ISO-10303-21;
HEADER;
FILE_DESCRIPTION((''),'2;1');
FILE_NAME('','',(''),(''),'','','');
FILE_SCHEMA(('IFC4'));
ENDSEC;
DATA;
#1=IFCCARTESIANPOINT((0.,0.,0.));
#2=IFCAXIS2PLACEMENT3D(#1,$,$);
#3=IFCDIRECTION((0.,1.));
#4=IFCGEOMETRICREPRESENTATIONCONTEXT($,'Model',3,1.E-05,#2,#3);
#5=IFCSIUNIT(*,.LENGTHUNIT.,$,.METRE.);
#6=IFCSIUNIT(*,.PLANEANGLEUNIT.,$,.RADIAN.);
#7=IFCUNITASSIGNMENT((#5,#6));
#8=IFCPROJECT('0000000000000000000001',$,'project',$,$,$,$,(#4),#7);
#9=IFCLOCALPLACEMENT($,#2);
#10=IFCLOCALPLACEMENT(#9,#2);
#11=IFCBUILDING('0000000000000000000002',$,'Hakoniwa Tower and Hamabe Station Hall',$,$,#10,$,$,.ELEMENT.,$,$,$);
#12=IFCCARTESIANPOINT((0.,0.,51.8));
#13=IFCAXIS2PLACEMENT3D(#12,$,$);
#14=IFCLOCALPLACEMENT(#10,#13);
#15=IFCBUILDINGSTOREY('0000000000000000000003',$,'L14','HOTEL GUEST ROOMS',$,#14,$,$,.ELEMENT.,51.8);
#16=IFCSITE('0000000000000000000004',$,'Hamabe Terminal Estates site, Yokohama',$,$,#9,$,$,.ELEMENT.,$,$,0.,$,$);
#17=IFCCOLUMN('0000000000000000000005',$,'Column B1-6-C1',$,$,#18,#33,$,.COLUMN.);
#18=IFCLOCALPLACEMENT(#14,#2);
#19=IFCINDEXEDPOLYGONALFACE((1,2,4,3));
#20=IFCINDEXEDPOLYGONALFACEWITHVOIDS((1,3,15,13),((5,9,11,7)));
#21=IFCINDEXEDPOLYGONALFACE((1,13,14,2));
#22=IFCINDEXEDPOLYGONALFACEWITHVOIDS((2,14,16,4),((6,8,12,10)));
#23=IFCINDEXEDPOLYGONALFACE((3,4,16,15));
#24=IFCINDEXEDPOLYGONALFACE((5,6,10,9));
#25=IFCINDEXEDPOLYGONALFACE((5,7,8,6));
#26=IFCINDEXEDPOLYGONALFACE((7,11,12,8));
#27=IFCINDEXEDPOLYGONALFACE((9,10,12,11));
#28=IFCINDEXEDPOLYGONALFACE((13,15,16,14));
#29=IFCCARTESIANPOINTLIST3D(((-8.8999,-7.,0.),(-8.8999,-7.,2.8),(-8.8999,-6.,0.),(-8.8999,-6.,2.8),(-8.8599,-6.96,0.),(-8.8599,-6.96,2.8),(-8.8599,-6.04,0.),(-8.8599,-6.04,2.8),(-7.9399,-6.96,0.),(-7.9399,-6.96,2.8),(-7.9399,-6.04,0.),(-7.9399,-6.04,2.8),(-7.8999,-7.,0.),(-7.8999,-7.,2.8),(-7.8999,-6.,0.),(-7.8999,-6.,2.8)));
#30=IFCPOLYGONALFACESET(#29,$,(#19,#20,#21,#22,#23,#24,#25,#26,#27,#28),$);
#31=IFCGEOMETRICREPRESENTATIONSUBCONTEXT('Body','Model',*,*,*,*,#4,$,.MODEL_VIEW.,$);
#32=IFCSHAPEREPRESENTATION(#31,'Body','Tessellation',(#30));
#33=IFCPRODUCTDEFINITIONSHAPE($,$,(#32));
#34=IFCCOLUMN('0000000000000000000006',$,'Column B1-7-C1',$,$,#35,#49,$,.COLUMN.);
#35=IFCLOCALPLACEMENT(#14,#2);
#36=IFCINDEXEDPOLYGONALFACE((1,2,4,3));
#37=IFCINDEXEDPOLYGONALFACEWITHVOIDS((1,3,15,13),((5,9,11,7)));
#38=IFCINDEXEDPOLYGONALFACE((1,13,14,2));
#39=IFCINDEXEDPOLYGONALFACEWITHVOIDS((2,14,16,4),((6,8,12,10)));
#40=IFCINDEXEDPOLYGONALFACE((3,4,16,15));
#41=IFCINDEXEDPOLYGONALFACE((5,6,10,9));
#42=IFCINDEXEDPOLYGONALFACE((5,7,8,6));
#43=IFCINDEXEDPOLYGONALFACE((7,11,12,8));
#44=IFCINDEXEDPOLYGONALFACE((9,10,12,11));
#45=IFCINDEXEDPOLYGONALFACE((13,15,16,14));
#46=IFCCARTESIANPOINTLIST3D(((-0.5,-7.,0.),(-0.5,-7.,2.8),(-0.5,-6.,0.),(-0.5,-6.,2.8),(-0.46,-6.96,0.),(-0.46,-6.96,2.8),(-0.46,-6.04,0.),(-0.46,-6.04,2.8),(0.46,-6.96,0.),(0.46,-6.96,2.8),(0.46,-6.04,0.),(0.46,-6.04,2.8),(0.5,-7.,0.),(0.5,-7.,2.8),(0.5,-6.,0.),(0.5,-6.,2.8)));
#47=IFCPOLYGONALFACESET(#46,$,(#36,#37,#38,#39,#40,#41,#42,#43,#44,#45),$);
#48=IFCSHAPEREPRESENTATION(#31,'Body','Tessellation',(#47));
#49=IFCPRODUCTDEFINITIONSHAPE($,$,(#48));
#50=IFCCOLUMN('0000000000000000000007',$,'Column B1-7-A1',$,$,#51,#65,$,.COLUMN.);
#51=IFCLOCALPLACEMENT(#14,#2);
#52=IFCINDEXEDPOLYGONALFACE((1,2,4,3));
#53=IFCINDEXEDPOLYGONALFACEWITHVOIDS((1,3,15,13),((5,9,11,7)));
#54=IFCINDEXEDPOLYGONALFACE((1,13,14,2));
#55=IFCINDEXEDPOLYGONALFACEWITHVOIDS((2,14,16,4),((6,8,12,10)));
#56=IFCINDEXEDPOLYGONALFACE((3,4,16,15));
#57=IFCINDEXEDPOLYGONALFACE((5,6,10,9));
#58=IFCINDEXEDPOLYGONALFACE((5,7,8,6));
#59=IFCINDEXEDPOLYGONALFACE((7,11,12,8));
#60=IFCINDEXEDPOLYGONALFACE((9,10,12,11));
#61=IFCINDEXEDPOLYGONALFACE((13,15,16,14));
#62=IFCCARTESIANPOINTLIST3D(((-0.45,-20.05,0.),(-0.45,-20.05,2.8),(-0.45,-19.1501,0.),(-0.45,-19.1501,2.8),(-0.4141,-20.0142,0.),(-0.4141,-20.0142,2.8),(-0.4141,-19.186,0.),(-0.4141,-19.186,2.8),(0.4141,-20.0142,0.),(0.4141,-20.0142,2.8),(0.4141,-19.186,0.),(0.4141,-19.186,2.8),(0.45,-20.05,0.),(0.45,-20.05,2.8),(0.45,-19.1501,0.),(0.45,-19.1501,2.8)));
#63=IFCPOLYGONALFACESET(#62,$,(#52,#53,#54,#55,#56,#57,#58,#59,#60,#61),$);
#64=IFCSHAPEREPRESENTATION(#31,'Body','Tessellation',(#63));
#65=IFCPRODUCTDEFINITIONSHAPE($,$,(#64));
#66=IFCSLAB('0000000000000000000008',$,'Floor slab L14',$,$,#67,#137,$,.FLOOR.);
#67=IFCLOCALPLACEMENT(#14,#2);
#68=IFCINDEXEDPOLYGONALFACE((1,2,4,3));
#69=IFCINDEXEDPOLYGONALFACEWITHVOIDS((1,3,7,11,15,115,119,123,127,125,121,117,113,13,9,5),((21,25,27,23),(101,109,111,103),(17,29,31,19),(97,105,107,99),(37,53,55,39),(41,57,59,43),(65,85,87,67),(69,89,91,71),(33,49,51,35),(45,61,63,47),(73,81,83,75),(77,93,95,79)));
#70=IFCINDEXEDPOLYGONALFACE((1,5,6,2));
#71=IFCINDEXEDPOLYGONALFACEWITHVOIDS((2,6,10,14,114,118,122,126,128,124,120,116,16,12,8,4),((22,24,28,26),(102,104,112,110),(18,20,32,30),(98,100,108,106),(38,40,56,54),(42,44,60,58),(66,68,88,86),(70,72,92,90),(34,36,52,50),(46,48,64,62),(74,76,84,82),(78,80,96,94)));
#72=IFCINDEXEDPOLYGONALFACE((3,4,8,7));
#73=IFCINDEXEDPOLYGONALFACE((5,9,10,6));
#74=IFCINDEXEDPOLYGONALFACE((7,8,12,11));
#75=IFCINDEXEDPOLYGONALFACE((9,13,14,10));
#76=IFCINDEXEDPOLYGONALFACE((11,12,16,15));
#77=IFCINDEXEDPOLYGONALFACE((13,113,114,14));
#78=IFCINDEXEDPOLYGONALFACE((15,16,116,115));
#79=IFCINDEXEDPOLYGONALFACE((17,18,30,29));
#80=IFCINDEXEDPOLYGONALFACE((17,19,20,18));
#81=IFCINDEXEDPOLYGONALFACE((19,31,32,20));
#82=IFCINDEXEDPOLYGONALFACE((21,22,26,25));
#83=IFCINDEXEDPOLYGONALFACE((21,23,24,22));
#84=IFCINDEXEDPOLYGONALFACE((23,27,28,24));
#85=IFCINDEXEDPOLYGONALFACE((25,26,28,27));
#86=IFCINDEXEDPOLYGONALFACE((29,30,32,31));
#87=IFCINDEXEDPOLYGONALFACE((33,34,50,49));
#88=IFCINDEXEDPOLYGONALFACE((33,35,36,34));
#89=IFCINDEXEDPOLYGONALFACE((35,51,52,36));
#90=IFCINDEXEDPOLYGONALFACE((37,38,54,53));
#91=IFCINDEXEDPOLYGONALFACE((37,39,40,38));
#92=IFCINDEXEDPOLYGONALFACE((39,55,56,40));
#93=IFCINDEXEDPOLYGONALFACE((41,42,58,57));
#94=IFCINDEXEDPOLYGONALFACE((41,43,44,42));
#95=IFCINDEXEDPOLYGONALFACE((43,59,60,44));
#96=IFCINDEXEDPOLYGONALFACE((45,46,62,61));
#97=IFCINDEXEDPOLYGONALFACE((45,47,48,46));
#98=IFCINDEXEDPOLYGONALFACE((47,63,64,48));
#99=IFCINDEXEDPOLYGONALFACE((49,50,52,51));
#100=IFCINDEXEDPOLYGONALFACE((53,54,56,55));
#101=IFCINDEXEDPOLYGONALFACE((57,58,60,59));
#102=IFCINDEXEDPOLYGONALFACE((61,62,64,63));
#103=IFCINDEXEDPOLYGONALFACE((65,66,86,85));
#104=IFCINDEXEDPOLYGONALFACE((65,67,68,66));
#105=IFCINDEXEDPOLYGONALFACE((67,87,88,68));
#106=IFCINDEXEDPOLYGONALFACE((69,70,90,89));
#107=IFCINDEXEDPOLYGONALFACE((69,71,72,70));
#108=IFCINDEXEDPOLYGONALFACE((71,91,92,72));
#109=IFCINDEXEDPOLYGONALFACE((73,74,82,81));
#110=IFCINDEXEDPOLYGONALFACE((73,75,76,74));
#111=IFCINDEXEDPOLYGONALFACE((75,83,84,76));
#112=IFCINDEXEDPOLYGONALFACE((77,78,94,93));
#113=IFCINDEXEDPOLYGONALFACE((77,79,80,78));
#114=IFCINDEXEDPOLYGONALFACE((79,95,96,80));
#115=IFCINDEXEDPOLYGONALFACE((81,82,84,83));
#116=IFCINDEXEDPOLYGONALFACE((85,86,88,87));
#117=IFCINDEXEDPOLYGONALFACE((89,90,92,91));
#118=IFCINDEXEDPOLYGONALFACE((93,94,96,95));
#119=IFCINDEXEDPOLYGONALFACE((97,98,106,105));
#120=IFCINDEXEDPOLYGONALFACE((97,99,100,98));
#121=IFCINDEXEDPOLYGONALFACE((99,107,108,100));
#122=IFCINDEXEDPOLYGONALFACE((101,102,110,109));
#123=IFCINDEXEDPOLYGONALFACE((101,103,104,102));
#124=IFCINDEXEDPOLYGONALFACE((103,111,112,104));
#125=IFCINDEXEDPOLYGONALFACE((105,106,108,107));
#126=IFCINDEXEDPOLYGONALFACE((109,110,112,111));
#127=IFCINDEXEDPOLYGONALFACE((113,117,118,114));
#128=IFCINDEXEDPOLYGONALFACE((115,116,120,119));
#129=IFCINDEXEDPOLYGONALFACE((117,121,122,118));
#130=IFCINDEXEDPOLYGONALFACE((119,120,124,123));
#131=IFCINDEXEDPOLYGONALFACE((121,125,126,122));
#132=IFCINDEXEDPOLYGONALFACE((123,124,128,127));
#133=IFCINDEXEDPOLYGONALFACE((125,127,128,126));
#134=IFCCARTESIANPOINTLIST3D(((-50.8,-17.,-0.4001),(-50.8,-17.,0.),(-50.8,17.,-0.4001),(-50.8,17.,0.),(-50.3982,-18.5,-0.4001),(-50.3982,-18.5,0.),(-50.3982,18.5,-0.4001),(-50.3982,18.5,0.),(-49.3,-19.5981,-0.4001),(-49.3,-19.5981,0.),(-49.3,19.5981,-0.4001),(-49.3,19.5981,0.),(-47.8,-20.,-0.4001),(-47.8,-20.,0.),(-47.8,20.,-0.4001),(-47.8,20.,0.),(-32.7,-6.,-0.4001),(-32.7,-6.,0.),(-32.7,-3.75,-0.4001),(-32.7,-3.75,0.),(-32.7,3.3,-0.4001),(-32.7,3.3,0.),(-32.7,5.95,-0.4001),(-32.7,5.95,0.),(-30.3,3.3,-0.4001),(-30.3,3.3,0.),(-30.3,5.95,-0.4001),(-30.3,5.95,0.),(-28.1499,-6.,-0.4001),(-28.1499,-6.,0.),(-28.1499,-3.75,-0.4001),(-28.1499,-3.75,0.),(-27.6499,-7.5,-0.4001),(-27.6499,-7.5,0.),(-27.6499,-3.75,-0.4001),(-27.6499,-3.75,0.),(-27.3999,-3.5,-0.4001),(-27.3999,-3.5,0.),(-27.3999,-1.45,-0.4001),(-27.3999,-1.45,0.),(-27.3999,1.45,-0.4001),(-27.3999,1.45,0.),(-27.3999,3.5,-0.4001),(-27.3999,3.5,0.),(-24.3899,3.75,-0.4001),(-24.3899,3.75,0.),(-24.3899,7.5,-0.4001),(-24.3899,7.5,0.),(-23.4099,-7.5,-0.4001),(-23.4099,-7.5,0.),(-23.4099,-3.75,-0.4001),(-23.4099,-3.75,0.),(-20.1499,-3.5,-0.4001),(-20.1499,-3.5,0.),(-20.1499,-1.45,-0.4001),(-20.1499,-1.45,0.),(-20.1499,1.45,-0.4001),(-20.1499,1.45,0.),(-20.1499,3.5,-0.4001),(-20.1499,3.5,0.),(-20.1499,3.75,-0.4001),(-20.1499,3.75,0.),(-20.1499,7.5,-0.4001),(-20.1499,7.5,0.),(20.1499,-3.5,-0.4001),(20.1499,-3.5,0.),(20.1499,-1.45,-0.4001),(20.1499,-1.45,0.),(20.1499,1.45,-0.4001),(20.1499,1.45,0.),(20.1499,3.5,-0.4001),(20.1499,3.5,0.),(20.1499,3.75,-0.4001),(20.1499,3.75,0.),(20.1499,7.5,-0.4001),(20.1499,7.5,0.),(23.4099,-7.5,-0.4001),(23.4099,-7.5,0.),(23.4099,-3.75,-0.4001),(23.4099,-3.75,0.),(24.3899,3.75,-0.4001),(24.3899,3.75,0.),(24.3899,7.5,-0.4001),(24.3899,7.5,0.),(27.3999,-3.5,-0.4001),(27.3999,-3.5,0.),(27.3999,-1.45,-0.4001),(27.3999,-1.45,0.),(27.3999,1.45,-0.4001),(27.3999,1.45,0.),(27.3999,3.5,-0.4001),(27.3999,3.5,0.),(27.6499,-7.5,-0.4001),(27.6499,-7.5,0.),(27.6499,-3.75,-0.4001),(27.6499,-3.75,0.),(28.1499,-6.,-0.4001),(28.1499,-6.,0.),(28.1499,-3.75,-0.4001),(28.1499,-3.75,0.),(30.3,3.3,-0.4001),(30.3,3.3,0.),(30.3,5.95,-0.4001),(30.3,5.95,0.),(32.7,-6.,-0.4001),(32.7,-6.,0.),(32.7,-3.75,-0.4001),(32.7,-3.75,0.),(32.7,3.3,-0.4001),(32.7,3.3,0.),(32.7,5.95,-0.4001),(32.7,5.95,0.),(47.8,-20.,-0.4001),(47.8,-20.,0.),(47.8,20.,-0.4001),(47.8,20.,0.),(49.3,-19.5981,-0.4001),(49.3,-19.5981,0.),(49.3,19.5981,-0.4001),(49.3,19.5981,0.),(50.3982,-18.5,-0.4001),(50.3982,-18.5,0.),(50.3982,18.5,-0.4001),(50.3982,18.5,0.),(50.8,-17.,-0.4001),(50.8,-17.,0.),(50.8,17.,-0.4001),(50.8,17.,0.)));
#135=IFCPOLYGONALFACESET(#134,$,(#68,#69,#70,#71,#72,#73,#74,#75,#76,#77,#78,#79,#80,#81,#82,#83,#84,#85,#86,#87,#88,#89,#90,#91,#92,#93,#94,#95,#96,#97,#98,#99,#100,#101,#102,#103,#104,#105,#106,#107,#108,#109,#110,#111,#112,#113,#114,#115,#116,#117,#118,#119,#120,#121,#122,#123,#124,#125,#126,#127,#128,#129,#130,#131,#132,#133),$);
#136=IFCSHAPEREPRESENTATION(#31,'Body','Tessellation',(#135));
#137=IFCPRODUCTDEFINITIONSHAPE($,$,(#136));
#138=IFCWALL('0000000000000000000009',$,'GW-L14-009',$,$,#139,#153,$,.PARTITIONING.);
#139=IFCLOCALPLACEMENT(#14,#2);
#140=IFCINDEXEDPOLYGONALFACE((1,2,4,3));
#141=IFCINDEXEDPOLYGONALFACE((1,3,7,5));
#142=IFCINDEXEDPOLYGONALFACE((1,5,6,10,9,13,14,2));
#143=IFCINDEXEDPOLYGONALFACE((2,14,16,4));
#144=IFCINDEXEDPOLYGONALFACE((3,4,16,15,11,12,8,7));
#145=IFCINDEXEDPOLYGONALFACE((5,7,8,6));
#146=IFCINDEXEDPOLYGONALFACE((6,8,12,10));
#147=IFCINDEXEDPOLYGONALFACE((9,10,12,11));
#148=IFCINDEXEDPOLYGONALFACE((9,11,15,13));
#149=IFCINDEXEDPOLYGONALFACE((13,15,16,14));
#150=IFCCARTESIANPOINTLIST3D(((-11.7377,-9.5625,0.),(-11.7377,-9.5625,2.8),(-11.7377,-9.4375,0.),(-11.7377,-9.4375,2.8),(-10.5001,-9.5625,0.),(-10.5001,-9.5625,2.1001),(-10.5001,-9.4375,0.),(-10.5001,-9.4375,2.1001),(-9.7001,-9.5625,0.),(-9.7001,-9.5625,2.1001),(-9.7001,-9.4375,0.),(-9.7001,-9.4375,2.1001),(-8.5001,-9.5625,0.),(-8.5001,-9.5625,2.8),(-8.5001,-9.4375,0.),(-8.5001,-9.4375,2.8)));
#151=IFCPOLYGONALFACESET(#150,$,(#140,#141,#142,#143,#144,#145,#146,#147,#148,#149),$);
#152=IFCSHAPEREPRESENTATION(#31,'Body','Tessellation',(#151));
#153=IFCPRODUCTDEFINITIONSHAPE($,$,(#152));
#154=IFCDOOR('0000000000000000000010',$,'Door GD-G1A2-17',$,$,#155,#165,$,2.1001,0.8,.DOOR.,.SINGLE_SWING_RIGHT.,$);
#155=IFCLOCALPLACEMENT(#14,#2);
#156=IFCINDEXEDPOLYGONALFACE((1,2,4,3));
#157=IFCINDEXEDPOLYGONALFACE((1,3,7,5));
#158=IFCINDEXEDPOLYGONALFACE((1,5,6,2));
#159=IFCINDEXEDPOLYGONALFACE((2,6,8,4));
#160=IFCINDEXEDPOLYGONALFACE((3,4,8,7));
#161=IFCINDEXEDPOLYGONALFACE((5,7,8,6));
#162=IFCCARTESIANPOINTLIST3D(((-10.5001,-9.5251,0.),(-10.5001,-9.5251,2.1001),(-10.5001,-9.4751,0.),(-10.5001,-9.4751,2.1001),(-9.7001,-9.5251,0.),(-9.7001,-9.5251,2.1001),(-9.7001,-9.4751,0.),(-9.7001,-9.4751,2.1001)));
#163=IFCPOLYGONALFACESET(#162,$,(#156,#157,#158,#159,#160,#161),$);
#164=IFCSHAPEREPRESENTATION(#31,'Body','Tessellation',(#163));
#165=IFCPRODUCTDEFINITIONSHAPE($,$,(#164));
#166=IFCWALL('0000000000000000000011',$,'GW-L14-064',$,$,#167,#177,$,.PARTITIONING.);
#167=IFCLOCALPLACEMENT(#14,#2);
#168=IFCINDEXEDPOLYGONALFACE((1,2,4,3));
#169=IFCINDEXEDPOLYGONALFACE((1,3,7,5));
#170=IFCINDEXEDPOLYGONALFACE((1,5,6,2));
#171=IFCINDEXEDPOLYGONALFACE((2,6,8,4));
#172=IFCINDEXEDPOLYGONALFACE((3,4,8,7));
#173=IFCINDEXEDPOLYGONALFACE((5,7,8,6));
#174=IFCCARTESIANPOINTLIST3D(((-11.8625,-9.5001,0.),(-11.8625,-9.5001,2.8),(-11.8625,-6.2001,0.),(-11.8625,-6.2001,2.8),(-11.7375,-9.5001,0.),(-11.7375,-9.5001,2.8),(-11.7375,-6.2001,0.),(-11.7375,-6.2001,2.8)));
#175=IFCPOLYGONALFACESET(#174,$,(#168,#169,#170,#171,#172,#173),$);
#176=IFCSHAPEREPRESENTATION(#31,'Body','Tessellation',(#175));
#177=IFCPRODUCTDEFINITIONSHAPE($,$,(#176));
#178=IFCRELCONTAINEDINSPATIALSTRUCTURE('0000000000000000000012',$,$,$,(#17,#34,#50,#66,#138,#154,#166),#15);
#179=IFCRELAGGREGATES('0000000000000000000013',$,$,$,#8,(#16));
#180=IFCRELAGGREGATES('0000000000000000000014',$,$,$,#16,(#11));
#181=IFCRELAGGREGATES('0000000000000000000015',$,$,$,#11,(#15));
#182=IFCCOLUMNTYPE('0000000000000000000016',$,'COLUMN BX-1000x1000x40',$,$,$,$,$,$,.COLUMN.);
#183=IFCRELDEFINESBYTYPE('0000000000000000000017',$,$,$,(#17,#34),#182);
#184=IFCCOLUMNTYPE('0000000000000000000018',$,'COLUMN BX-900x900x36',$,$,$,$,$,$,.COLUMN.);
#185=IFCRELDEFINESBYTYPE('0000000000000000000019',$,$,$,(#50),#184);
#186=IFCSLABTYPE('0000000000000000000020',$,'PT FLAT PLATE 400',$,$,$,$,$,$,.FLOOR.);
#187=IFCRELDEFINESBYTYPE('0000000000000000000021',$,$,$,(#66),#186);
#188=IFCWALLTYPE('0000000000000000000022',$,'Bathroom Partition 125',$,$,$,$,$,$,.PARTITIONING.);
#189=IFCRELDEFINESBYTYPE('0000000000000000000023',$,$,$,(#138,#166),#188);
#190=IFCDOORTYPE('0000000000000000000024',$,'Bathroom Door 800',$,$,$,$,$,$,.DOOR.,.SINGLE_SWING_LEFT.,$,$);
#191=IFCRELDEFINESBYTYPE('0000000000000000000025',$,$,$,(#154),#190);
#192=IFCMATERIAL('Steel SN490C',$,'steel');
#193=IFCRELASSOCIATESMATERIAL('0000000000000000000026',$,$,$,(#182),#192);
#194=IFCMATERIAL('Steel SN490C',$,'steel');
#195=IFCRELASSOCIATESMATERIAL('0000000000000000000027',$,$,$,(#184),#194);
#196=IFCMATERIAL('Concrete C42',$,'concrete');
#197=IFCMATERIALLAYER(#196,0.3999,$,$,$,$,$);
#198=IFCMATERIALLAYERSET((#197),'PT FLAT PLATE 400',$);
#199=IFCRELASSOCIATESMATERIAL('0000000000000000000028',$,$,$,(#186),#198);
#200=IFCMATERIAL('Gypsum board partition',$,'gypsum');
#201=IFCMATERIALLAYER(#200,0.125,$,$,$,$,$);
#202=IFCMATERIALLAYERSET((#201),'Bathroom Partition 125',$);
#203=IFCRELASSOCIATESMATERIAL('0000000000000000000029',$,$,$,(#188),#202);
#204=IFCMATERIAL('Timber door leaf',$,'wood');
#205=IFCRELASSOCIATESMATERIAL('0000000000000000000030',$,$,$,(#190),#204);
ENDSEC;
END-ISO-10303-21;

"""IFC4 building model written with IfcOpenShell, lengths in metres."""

from ifc_helpers import new_model, si_unit, direction, frame, frame_2d, origin, origin_2d, place, context, subcontext, project, spatial, polyline, rectangle, hollow_rectangle, outline, extrude, material, layer, layer_set, material_profile, profile_set, type_object, element, fill, save


model = new_model("IFC4")

# Units and contexts
model_context = context("Model", 3, precision=1e-05, world=origin(), true_north=direction((0.0, 1.0)))
body_context = subcontext(model_context, "Body", "Model", "MODEL_VIEW")
ifc_project = project(units=[si_unit("LENGTHUNIT", "METRE"), si_unit("PLANEANGLEUNIT", "RADIAN")], contexts=[model_context])

# Site, building, storey
site_placement = place(None, origin())
site = spatial("IfcSite", under=ifc_project, at=site_placement, Name="Hamabe Terminal Estates site, Yokohama", CompositionType="ELEMENT", RefElevation=0.0)
building_placement = place(site_placement, origin())
building = spatial("IfcBuilding", under=site, at=building_placement, Name="Hakoniwa Tower and Hamabe Station Hall", CompositionType="ELEMENT")
storey_placement = place(building_placement, frame((0.0, 0.0, 51.8)))
storey = spatial("IfcBuildingStorey", under=building, at=storey_placement, Name="L14", Description="HOTEL GUEST ROOMS", CompositionType="ELEMENT", Elevation=51.8)

# Columns
ifc_material_1 = material(Name="Steel SN490C", Category="steel")
ifc_material_profile_1 = material_profile(ifc_material_1, hollow_rectangle(XDim=1.0, YDim=1.0, WallThickness=0.04, at=origin_2d()), Name="BX-1000x1000x40")
ifc_profile_set_1 = profile_set([ifc_material_profile_1], Name="Steel SN490C")
column_type_1 = type_object("IfcColumnType", Name="COLUMN BX-1000x1000x40", PredefinedType="COLUMN", material=ifc_profile_set_1)
for number, where, z_axis, x_axis, name in (
    (1, (-8.3999, -6.5, 0.0), (0.0, 0.0, 1.0), (1.0, 0.0, 0.0), "Column B1-6-C1"),
    (2, (0.0, -6.5, 0.0), (0.0, 0.0, 1.0), (1.0, 0.0, 0.0), "Column B1-7-C1"),
):
    element("IfcColumn", number, at=place(storey_placement, frame(where, z_axis=z_axis, x_axis=x_axis)), inside=storey, type_object=column_type_1, Name=name, PredefinedType="COLUMN", context=body_context, shape_type="SweptSolid", body=[
        extrude(hollow_rectangle(XDim=1.0, YDim=1.0, WallThickness=0.04, at=origin_2d()), origin(), (0.0, 0.0, 1.0), 2.8),
    ])
ifc_material_2 = material(Name="Steel SN490C", Category="steel")
ifc_material_profile_2 = material_profile(ifc_material_2, hollow_rectangle(XDim=0.8999, YDim=0.8999, WallThickness=0.0359, at=origin_2d()), Name="BX-900x900x36")
ifc_profile_set_2 = profile_set([ifc_material_profile_2], Name="Steel SN490C")
column_type_2 = type_object("IfcColumnType", Name="COLUMN BX-900x900x36", PredefinedType="COLUMN", material=ifc_profile_set_2)
column_placement = place(storey_placement, frame((0.0, -19.6001, 0.0), z_axis=(0.0, 0.0, 1.0), x_axis=(1.0, 0.0, 0.0)))
element("IfcColumn", 3, at=column_placement, inside=storey, type_object=column_type_2, Name="Column B1-7-A1", PredefinedType="COLUMN", context=body_context, shape_type="SweptSolid", body=[
    extrude(hollow_rectangle(XDim=0.8999, YDim=0.8999, WallThickness=0.0359, at=origin_2d()), origin(), (0.0, 0.0, 1.0), 2.8),
])

# Slab
ifc_material_3 = material(Name="Concrete C42", Category="concrete")
ifc_layer_1 = layer(ifc_material_3, 0.3999)
ifc_layer_set_1 = layer_set([ifc_layer_1], Name="PT FLAT PLATE 400")
slab_type = type_object("IfcSlabType", Name="PT FLAT PLATE 400", PredefinedType="FLOOR", material=ifc_layer_set_1)
slab_placement = place(storey_placement, frame((0.0, 0.0, -0.4001)))
element("IfcSlab", 4, at=slab_placement, inside=storey, type_object=slab_type, Name="Floor slab L14", PredefinedType="FLOOR", context=body_context, shape_type="SweptSolid", body=[
    extrude(outline(polyline([(50.8, -17.0), (50.8, 17.0), (50.3982, 18.5), (49.3, 19.5981), (47.8, 20.0), (-47.8, 20.0), (-49.3, 19.5981), (-50.3982, 18.5), (-50.8, 17.0), (-50.8, -17.0), (-50.3982, -18.5), (-49.3, -19.5981), (-47.8, -20.0), (47.8, -20.0), (49.3, -19.5981), (50.3982, -18.5), (50.8, -17.0)]), holes=[polyline([(-27.3999, 1.45), (-27.3999, 3.5), (-20.1499, 3.5), (-20.1499, 1.45), (-27.3999, 1.45)]), polyline([(-27.3999, -3.5), (-27.3999, -1.45), (-20.1499, -1.45), (-20.1499, -3.5), (-27.3999, -3.5)]), polyline([(-32.7, 3.3), (-32.7, 5.95), (-30.3, 5.95), (-30.3, 3.3), (-32.7, 3.3)]), polyline([(-32.7, -6.0), (-32.7, -3.75), (-28.1499, -3.75), (-28.1499, -6.0), (-32.7, -6.0)]), polyline([(-24.3899, 3.75), (-24.3899, 7.5), (-20.1499, 7.5), (-20.1499, 3.75), (-24.3899, 3.75)]), polyline([(-27.6499, -7.5), (-27.6499, -3.75), (-23.4099, -3.75), (-23.4099, -7.5), (-27.6499, -7.5)]), polyline([(20.1499, 1.45), (20.1499, 3.5), (27.3999, 3.5), (27.3999, 1.45), (20.1499, 1.45)]), polyline([(20.1499, -3.5), (20.1499, -1.45), (27.3999, -1.45), (27.3999, -3.5), (20.1499, -3.5)]), polyline([(30.3, 3.3), (30.3, 5.95), (32.7, 5.95), (32.7, 3.3), (30.3, 3.3)]), polyline([(28.1499, -6.0), (28.1499, -3.75), (32.7, -3.75), (32.7, -6.0), (28.1499, -6.0)]), polyline([(20.1499, 3.75), (20.1499, 7.5), (24.3899, 7.5), (24.3899, 3.75), (20.1499, 3.75)]), polyline([(23.4099, -7.5), (23.4099, -3.75), (27.6499, -3.75), (27.6499, -7.5), (23.4099, -7.5)])]), origin(), (0.0, 0.0, 1.0), 0.4001),
])

# Wall, opening, door
ifc_material_4 = material(Name="Gypsum board partition", Category="gypsum")
ifc_layer_2 = layer(ifc_material_4, 0.125)
ifc_layer_set_2 = layer_set([ifc_layer_2], Name="Bathroom Partition 125")
wall_type_1 = type_object("IfcWallType", Name="Bathroom Partition 125", PredefinedType="PARTITIONING", material=ifc_layer_set_2)
wall_1_placement = place(storey_placement, frame((-11.7375, -9.5, 0.0), z_axis=(0.0, 0.0, 1.0), x_axis=(1.0, 0.0, 0.0)))
wall_1 = element("IfcWall", 5, at=wall_1_placement, inside=storey, type_object=wall_type_1, Name="GW-L14-009", PredefinedType="PARTITIONING", context=body_context, shape_type="SweptSolid", body=[
    extrude(rectangle(XDim=3.2375, YDim=0.125, at=frame_2d((1.6187, 0.0))), origin(), (0.0, 0.0, 1.0), 2.8),
])
opening_1_placement = place(wall_1_placement, frame((1.2375, 0.0, 0.0)))
opening_1 = element("IfcOpeningElement", 6, at=opening_1_placement, cuts=wall_1, PredefinedType="OPENING", context=body_context, shape_type="SweptSolid", body=[
    extrude(rectangle(XDim=0.8, YDim=2.1001, at=frame_2d((0.3999, 1.05))), frame((0.0, 0.0725, 0.0), z_axis=(0.0, -1.0, 0.0), x_axis=(1.0, 0.0, 0.0)), (0.0, 0.0, 1.0), 0.145),
])
ifc_material_5 = material(Name="Timber door leaf", Category="wood")
door_type_1 = type_object("IfcDoorType", Name="Bathroom Door 800", OperationType="SINGLE_SWING_LEFT", PredefinedType="DOOR", material=ifc_material_5)
door_1_placement = place(opening_1_placement, origin())
door_1 = element("IfcDoor", 7, at=door_1_placement, inside=storey, type_object=door_type_1, Name="Door GD-G1A2-17", OperationType="SINGLE_SWING_RIGHT", OverallHeight=2.1001, OverallWidth=0.8, PredefinedType="DOOR", context=body_context, shape_type="SweptSolid", body=[
    extrude(rectangle(XDim=0.8, YDim=2.1001, at=frame_2d((0.3999, 1.05))), frame((0.0, 0.0249, 0.0), z_axis=(0.0, -1.0, 0.0), x_axis=(1.0, 0.0, 0.0)), (0.0, 0.0, 1.0), 0.05),
])
fill(opening_1, door_1)

# Wall
wall_2_placement = place(storey_placement, frame((-11.8, -9.5, 0.0), z_axis=(0.0, 0.0, 1.0), x_axis=(0.0, 1.0, 0.0)))
element("IfcWall", 8, at=wall_2_placement, inside=storey, type_object=wall_type_1, Name="GW-L14-064", PredefinedType="PARTITIONING", context=body_context, shape_type="SweptSolid", body=[
    extrude(rectangle(XDim=3.3, YDim=0.125, at=frame_2d((1.6499, 0.0))), origin(), (0.0, 0.0, 1.0), 2.8),
])

save(model, "model.ifc")
